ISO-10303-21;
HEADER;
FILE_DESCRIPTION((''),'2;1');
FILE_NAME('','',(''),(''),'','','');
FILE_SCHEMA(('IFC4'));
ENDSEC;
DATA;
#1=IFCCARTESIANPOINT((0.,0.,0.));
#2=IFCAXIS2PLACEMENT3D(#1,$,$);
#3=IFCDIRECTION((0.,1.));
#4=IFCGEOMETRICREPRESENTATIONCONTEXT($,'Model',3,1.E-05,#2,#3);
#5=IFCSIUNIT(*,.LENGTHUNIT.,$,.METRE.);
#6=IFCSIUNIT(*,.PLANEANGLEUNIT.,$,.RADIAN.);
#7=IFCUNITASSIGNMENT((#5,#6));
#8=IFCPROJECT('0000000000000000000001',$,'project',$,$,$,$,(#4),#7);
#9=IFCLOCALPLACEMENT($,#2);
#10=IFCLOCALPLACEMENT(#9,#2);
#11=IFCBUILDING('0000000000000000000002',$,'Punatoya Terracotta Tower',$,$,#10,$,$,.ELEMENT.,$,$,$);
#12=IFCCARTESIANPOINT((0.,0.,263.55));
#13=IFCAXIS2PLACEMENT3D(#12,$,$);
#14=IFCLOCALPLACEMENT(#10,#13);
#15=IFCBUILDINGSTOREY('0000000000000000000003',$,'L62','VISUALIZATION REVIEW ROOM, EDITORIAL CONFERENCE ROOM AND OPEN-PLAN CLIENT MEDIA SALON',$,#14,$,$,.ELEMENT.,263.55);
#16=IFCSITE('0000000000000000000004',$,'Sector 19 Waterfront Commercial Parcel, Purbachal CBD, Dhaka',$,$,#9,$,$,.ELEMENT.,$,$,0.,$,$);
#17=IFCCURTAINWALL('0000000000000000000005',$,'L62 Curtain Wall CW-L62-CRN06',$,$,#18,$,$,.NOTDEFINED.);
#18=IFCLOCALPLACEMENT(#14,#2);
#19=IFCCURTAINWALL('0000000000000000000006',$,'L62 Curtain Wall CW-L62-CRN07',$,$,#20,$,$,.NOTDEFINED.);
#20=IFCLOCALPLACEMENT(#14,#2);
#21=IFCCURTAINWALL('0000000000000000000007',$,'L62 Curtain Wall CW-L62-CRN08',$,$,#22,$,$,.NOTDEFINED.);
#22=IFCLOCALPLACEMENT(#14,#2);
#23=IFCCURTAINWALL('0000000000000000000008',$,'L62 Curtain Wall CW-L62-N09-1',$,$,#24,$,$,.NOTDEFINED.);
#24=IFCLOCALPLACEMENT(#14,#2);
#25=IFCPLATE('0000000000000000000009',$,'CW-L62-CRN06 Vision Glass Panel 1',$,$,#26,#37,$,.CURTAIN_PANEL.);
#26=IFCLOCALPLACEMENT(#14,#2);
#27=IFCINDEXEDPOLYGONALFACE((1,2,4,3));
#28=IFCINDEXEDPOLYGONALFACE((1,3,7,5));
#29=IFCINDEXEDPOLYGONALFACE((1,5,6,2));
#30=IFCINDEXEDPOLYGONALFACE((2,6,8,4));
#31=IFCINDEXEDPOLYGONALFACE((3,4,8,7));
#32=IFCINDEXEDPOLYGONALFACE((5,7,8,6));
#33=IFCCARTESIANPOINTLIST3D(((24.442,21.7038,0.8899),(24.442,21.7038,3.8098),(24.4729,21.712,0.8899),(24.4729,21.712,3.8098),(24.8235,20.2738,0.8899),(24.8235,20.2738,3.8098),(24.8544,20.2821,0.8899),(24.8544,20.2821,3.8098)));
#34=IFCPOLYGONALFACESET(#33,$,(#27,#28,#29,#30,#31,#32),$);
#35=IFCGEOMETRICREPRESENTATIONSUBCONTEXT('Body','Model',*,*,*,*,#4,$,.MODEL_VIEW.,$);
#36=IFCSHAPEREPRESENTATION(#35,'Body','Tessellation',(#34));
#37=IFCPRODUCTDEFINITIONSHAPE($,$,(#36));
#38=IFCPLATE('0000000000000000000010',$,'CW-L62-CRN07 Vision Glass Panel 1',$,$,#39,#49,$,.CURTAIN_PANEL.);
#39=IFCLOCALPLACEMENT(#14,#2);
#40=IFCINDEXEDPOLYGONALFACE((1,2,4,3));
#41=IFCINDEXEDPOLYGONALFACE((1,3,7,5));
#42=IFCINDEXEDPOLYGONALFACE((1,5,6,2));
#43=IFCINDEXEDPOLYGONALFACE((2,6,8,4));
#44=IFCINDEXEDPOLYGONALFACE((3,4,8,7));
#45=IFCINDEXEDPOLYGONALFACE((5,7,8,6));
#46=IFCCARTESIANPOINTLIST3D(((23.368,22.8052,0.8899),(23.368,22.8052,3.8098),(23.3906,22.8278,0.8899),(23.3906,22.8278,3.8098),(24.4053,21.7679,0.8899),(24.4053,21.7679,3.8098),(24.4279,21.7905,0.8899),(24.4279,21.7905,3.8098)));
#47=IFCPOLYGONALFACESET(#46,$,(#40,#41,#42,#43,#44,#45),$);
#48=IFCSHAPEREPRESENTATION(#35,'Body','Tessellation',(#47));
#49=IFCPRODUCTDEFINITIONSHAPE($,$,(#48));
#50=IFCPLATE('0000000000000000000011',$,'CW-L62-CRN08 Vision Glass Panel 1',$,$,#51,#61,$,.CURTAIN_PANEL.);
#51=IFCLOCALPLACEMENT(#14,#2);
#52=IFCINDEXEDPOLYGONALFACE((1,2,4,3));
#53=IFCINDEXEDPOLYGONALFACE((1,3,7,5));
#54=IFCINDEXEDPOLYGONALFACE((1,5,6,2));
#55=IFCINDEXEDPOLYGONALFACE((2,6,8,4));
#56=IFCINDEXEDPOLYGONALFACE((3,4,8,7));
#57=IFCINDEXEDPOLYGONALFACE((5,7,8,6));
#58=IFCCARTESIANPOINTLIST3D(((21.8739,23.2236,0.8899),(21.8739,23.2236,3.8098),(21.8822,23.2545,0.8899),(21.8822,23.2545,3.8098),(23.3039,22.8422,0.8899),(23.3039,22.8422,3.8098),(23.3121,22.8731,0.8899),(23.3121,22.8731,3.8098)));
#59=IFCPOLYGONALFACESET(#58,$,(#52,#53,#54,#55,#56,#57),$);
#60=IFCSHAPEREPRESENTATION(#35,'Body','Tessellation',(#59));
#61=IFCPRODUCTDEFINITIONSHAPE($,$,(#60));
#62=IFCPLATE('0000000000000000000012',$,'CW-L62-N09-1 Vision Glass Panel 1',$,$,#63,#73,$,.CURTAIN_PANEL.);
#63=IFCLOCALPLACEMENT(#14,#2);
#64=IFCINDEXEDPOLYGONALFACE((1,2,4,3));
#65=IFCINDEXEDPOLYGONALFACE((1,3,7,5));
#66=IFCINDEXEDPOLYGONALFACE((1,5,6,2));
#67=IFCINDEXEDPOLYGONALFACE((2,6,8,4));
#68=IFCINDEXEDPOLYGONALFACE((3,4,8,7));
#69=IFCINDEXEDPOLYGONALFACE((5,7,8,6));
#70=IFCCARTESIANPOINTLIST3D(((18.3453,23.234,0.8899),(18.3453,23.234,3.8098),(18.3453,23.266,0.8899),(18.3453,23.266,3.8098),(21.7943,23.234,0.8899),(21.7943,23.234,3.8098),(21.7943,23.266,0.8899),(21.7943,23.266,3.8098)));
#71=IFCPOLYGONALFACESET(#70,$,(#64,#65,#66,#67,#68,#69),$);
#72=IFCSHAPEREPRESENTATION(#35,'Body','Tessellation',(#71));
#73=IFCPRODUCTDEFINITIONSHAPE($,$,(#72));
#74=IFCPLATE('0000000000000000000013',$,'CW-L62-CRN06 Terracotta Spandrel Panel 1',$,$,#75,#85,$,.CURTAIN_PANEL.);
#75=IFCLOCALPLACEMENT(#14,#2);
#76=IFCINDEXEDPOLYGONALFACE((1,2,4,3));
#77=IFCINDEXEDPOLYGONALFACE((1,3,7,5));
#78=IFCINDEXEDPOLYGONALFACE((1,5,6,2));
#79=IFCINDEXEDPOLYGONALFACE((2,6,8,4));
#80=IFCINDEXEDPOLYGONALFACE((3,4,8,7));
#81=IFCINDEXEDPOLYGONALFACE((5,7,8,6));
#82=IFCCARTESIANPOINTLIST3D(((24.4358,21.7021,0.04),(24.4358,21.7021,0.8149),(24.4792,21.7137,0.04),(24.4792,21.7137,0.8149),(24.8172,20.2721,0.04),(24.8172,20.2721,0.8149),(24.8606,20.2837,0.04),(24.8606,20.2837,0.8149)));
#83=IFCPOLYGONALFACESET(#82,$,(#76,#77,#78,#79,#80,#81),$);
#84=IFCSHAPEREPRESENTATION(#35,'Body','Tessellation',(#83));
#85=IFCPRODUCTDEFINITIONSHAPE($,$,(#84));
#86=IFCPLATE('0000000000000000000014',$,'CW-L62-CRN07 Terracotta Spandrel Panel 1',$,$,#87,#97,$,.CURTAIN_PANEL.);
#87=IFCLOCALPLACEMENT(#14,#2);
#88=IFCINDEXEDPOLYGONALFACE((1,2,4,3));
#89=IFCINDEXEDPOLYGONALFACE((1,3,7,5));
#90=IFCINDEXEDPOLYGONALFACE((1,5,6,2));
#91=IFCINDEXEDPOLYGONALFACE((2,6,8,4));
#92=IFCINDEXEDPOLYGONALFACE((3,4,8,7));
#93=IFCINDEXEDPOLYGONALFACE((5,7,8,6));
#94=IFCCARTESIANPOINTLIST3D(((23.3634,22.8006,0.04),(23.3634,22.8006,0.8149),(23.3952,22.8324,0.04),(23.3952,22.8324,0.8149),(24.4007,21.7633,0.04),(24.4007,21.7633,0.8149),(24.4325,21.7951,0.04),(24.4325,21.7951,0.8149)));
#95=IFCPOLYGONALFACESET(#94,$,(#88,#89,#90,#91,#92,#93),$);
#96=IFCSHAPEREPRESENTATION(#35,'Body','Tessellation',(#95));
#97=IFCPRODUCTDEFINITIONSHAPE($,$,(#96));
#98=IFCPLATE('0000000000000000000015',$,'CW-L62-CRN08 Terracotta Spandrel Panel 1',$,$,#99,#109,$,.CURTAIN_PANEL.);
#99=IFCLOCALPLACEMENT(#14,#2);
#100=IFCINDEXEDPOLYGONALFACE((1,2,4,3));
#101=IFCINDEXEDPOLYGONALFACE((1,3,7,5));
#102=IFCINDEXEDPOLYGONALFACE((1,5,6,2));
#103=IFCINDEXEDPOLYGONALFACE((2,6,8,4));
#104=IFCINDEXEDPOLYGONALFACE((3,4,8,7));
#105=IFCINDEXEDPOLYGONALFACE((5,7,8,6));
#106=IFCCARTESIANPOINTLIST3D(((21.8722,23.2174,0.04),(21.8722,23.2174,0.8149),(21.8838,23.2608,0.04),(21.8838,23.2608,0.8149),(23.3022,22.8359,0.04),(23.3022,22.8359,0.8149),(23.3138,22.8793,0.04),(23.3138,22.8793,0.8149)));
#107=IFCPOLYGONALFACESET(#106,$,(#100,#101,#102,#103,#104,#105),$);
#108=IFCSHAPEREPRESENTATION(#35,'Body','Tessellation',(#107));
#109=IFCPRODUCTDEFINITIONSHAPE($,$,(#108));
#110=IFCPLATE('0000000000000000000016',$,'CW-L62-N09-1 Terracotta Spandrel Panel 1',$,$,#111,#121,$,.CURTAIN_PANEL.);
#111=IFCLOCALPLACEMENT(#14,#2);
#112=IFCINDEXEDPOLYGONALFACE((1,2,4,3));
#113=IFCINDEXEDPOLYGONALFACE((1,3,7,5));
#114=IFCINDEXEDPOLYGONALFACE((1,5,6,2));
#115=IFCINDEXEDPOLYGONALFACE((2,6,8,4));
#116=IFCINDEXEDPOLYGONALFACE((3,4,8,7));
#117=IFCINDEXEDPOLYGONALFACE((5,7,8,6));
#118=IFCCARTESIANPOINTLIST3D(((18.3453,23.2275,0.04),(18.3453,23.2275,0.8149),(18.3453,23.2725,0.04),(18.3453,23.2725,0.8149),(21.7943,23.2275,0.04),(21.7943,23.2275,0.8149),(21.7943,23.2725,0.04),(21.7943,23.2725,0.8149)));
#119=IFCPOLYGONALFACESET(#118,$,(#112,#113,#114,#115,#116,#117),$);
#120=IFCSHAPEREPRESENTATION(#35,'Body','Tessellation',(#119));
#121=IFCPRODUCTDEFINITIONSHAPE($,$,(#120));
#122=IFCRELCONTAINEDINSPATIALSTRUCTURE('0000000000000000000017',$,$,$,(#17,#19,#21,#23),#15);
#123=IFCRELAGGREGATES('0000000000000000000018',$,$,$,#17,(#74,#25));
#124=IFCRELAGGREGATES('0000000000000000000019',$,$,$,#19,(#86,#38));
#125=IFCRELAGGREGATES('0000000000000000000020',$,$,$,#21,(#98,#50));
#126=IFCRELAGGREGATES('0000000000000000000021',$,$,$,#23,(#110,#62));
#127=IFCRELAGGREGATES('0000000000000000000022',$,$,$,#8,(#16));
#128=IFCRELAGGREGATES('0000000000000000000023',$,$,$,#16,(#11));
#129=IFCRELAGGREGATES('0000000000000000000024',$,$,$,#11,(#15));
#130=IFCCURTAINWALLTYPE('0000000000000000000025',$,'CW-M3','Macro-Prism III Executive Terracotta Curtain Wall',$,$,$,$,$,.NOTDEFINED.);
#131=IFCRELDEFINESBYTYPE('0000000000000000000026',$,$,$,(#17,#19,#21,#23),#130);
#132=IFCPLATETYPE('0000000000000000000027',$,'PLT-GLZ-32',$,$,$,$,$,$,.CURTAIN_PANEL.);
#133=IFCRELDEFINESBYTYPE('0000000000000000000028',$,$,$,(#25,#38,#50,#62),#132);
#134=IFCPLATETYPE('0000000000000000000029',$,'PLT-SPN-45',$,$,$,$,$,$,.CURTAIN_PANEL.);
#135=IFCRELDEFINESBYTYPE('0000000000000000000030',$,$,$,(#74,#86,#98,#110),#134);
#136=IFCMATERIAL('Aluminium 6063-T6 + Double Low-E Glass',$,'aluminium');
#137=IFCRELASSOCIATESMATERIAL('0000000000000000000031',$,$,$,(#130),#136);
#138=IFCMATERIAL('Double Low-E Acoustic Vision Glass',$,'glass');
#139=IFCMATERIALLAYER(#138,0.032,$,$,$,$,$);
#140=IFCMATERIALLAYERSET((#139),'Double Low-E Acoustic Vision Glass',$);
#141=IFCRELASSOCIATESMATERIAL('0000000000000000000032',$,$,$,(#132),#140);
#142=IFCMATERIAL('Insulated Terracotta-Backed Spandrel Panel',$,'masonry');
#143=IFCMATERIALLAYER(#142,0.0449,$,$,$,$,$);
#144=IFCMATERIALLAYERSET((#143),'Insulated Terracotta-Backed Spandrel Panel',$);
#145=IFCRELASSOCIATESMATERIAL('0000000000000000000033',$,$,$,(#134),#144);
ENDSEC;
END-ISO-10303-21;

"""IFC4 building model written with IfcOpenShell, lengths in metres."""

from ifc_helpers import new_model, si_unit, direction, frame, origin, origin_2d, place, context, subcontext, project, spatial, rectangle, extrude, material, layer, layer_set, type_object, element, aggregate, save


model = new_model("IFC4")

# Units and contexts
model_context = context("Model", 3, precision=1e-05, world=origin(), true_north=direction((0.0, 1.0)))
body_context = subcontext(model_context, "Body", "Model", "MODEL_VIEW")
ifc_project = project(units=[si_unit("LENGTHUNIT", "METRE"), si_unit("PLANEANGLEUNIT", "RADIAN")], contexts=[model_context])

# Site, building, storey
site_placement = place(None, origin())
site = spatial("IfcSite", under=ifc_project, at=site_placement, Name="Sector 19 Waterfront Commercial Parcel, Purbachal CBD, Dhaka", CompositionType="ELEMENT", RefElevation=0.0)
building_placement = place(site_placement, origin())
building = spatial("IfcBuilding", under=site, at=building_placement, Name="Punatoya Terracotta Tower", CompositionType="ELEMENT")
storey_placement = place(building_placement, frame((0.0, 0.0, 263.55)))
storey = spatial("IfcBuildingStorey", under=building, at=storey_placement, Name="L62", Description="VISUALIZATION REVIEW ROOM, EDITORIAL CONFERENCE ROOM AND OPEN-PLAN CLIENT MEDIA SALON", CompositionType="ELEMENT", Elevation=263.55)

# Curtain walls
ifc_material_1 = material(Name="Aluminium 6063-T6 + Double Low-E Glass", Category="aluminium")
curtain_wall_type = type_object("IfcCurtainWallType", Name="CW-M3", Description="Macro-Prism III Executive Terracotta Curtain Wall", PredefinedType="NOTDEFINED", material=ifc_material_1)
curtain_wall_1_placement = place(storey_placement, origin())
curtain_wall_1 = element("IfcCurtainWall", 1, at=curtain_wall_1_placement, inside=storey, type_object=curtain_wall_type, Name="L62 Curtain Wall CW-L62-CRN06", PredefinedType="NOTDEFINED")
curtain_wall_2_placement = place(storey_placement, origin())
curtain_wall_2 = element("IfcCurtainWall", 2, at=curtain_wall_2_placement, inside=storey, type_object=curtain_wall_type, Name="L62 Curtain Wall CW-L62-CRN07", PredefinedType="NOTDEFINED")
curtain_wall_3_placement = place(storey_placement, origin())
curtain_wall_3 = element("IfcCurtainWall", 3, at=curtain_wall_3_placement, inside=storey, type_object=curtain_wall_type, Name="L62 Curtain Wall CW-L62-CRN08", PredefinedType="NOTDEFINED")

# Curtain wall
curtain_wall_4_placement = place(storey_placement, origin())
curtain_wall_4 = element("IfcCurtainWall", 4, at=curtain_wall_4_placement, inside=storey, type_object=curtain_wall_type, Name="L62 Curtain Wall CW-L62-N09-1", PredefinedType="NOTDEFINED")

# Plates
ifc_material_2 = material(Name="Double Low-E Acoustic Vision Glass", Category="glass")
ifc_layer_1 = layer(ifc_material_2, 0.032)
ifc_layer_set_1 = layer_set([ifc_layer_1], Name="Double Low-E Acoustic Vision Glass")
plate_type_1 = type_object("IfcPlateType", Name="PLT-GLZ-32", PredefinedType="CURTAIN_PANEL", material=ifc_layer_set_1)
plate_1_placement = place(storey_placement, frame((24.6482, 20.9929, 0.8899), z_axis=(0.0, 0.0, 1.0), x_axis=(-0.257742, 0.966214, 0.0)))
plate_1 = element("IfcPlate", 5, at=plate_1_placement, type_object=plate_type_1, Name="CW-L62-CRN06 Vision Glass Panel 1", PredefinedType="CURTAIN_PANEL", context=body_context, shape_type="SweptSolid", body=[
    extrude(rectangle(XDim=1.48, YDim=0.032, at=origin_2d()), origin(), (0.0, 0.0, 1.0), 2.9199),
])
plate_2_placement = place(storey_placement, frame((23.8979, 22.2979, 0.8899), z_axis=(0.0, 0.0, 1.0), x_axis=(-0.707107, 0.707107, 0.0)))
plate_2 = element("IfcPlate", 6, at=plate_2_placement, type_object=plate_type_1, Name="CW-L62-CRN07 Vision Glass Panel 1", PredefinedType="CURTAIN_PANEL", context=body_context, shape_type="SweptSolid", body=[
    extrude(rectangle(XDim=1.467, YDim=0.032, at=origin_2d()), origin(), (0.0, 0.0, 1.0), 2.9199),
])
plate_3_placement = place(storey_placement, frame((22.593, 23.0483, 0.8899), z_axis=(0.0, 0.0, 1.0), x_axis=(-0.966214, 0.257742, 0.0)))
plate_3 = element("IfcPlate", 7, at=plate_3_placement, type_object=plate_type_1, Name="CW-L62-CRN08 Vision Glass Panel 1", PredefinedType="CURTAIN_PANEL", context=body_context, shape_type="SweptSolid", body=[
    extrude(rectangle(XDim=1.48, YDim=0.032, at=origin_2d()), origin(), (0.0, 0.0, 1.0), 2.9199),
])
plate_4_placement = place(storey_placement, frame((20.0698, 23.25, 0.8899), z_axis=(0.0, 0.0, 1.0), x_axis=(-1.0, 0.0, 0.0)))
plate_4 = element("IfcPlate", 8, at=plate_4_placement, type_object=plate_type_1, Name="CW-L62-N09-1 Vision Glass Panel 1", PredefinedType="CURTAIN_PANEL", context=body_context, shape_type="SweptSolid", body=[
    extrude(rectangle(XDim=3.449, YDim=0.032, at=origin_2d()), origin(), (0.0, 0.0, 1.0), 2.9199),
])
ifc_material_3 = material(Name="Insulated Terracotta-Backed Spandrel Panel", Category="masonry")
ifc_layer_2 = layer(ifc_material_3, 0.0449)
ifc_layer_set_2 = layer_set([ifc_layer_2], Name="Insulated Terracotta-Backed Spandrel Panel")
plate_type_2 = type_object("IfcPlateType", Name="PLT-SPN-45", PredefinedType="CURTAIN_PANEL", material=ifc_layer_set_2)
plate_5_placement = place(storey_placement, frame((24.6482, 20.9929, 0.04), z_axis=(0.0, 0.0, 1.0), x_axis=(-0.257742, 0.966214, 0.0)))
plate_5 = element("IfcPlate", 9, at=plate_5_placement, type_object=plate_type_2, Name="CW-L62-CRN06 Terracotta Spandrel Panel 1", PredefinedType="CURTAIN_PANEL", context=body_context, shape_type="SweptSolid", body=[
    extrude(rectangle(XDim=1.48, YDim=0.0449, at=origin_2d()), origin(), (0.0, 0.0, 1.0), 0.7749),
])
aggregate(curtain_wall_1, [plate_5, plate_1])
plate_6_placement = place(storey_placement, frame((23.8979, 22.2979, 0.04), z_axis=(0.0, 0.0, 1.0), x_axis=(-0.707107, 0.707107, 0.0)))
plate_6 = element("IfcPlate", 10, at=plate_6_placement, type_object=plate_type_2, Name="CW-L62-CRN07 Terracotta Spandrel Panel 1", PredefinedType="CURTAIN_PANEL", context=body_context, shape_type="SweptSolid", body=[
    extrude(rectangle(XDim=1.467, YDim=0.0449, at=origin_2d()), origin(), (0.0, 0.0, 1.0), 0.7749),
])
aggregate(curtain_wall_2, [plate_6, plate_2])
plate_7_placement = place(storey_placement, frame((22.593, 23.0483, 0.04), z_axis=(0.0, 0.0, 1.0), x_axis=(-0.966214, 0.257742, 0.0)))
plate_7 = element("IfcPlate", 11, at=plate_7_placement, type_object=plate_type_2, Name="CW-L62-CRN08 Terracotta Spandrel Panel 1", PredefinedType="CURTAIN_PANEL", context=body_context, shape_type="SweptSolid", body=[
    extrude(rectangle(XDim=1.48, YDim=0.0449, at=origin_2d()), origin(), (0.0, 0.0, 1.0), 0.7749),
])
aggregate(curtain_wall_3, [plate_7, plate_3])
plate_8_placement = place(storey_placement, frame((20.0698, 23.25, 0.04), z_axis=(0.0, 0.0, 1.0), x_axis=(-1.0, 0.0, 0.0)))
plate_8 = element("IfcPlate", 12, at=plate_8_placement, type_object=plate_type_2, Name="CW-L62-N09-1 Terracotta Spandrel Panel 1", PredefinedType="CURTAIN_PANEL", context=body_context, shape_type="SweptSolid", body=[
    extrude(rectangle(XDim=3.449, YDim=0.0449, at=origin_2d()), origin(), (0.0, 0.0, 1.0), 0.7749),
])
aggregate(curtain_wall_4, [plate_8, plate_4])

save(model, "model.ifc")
